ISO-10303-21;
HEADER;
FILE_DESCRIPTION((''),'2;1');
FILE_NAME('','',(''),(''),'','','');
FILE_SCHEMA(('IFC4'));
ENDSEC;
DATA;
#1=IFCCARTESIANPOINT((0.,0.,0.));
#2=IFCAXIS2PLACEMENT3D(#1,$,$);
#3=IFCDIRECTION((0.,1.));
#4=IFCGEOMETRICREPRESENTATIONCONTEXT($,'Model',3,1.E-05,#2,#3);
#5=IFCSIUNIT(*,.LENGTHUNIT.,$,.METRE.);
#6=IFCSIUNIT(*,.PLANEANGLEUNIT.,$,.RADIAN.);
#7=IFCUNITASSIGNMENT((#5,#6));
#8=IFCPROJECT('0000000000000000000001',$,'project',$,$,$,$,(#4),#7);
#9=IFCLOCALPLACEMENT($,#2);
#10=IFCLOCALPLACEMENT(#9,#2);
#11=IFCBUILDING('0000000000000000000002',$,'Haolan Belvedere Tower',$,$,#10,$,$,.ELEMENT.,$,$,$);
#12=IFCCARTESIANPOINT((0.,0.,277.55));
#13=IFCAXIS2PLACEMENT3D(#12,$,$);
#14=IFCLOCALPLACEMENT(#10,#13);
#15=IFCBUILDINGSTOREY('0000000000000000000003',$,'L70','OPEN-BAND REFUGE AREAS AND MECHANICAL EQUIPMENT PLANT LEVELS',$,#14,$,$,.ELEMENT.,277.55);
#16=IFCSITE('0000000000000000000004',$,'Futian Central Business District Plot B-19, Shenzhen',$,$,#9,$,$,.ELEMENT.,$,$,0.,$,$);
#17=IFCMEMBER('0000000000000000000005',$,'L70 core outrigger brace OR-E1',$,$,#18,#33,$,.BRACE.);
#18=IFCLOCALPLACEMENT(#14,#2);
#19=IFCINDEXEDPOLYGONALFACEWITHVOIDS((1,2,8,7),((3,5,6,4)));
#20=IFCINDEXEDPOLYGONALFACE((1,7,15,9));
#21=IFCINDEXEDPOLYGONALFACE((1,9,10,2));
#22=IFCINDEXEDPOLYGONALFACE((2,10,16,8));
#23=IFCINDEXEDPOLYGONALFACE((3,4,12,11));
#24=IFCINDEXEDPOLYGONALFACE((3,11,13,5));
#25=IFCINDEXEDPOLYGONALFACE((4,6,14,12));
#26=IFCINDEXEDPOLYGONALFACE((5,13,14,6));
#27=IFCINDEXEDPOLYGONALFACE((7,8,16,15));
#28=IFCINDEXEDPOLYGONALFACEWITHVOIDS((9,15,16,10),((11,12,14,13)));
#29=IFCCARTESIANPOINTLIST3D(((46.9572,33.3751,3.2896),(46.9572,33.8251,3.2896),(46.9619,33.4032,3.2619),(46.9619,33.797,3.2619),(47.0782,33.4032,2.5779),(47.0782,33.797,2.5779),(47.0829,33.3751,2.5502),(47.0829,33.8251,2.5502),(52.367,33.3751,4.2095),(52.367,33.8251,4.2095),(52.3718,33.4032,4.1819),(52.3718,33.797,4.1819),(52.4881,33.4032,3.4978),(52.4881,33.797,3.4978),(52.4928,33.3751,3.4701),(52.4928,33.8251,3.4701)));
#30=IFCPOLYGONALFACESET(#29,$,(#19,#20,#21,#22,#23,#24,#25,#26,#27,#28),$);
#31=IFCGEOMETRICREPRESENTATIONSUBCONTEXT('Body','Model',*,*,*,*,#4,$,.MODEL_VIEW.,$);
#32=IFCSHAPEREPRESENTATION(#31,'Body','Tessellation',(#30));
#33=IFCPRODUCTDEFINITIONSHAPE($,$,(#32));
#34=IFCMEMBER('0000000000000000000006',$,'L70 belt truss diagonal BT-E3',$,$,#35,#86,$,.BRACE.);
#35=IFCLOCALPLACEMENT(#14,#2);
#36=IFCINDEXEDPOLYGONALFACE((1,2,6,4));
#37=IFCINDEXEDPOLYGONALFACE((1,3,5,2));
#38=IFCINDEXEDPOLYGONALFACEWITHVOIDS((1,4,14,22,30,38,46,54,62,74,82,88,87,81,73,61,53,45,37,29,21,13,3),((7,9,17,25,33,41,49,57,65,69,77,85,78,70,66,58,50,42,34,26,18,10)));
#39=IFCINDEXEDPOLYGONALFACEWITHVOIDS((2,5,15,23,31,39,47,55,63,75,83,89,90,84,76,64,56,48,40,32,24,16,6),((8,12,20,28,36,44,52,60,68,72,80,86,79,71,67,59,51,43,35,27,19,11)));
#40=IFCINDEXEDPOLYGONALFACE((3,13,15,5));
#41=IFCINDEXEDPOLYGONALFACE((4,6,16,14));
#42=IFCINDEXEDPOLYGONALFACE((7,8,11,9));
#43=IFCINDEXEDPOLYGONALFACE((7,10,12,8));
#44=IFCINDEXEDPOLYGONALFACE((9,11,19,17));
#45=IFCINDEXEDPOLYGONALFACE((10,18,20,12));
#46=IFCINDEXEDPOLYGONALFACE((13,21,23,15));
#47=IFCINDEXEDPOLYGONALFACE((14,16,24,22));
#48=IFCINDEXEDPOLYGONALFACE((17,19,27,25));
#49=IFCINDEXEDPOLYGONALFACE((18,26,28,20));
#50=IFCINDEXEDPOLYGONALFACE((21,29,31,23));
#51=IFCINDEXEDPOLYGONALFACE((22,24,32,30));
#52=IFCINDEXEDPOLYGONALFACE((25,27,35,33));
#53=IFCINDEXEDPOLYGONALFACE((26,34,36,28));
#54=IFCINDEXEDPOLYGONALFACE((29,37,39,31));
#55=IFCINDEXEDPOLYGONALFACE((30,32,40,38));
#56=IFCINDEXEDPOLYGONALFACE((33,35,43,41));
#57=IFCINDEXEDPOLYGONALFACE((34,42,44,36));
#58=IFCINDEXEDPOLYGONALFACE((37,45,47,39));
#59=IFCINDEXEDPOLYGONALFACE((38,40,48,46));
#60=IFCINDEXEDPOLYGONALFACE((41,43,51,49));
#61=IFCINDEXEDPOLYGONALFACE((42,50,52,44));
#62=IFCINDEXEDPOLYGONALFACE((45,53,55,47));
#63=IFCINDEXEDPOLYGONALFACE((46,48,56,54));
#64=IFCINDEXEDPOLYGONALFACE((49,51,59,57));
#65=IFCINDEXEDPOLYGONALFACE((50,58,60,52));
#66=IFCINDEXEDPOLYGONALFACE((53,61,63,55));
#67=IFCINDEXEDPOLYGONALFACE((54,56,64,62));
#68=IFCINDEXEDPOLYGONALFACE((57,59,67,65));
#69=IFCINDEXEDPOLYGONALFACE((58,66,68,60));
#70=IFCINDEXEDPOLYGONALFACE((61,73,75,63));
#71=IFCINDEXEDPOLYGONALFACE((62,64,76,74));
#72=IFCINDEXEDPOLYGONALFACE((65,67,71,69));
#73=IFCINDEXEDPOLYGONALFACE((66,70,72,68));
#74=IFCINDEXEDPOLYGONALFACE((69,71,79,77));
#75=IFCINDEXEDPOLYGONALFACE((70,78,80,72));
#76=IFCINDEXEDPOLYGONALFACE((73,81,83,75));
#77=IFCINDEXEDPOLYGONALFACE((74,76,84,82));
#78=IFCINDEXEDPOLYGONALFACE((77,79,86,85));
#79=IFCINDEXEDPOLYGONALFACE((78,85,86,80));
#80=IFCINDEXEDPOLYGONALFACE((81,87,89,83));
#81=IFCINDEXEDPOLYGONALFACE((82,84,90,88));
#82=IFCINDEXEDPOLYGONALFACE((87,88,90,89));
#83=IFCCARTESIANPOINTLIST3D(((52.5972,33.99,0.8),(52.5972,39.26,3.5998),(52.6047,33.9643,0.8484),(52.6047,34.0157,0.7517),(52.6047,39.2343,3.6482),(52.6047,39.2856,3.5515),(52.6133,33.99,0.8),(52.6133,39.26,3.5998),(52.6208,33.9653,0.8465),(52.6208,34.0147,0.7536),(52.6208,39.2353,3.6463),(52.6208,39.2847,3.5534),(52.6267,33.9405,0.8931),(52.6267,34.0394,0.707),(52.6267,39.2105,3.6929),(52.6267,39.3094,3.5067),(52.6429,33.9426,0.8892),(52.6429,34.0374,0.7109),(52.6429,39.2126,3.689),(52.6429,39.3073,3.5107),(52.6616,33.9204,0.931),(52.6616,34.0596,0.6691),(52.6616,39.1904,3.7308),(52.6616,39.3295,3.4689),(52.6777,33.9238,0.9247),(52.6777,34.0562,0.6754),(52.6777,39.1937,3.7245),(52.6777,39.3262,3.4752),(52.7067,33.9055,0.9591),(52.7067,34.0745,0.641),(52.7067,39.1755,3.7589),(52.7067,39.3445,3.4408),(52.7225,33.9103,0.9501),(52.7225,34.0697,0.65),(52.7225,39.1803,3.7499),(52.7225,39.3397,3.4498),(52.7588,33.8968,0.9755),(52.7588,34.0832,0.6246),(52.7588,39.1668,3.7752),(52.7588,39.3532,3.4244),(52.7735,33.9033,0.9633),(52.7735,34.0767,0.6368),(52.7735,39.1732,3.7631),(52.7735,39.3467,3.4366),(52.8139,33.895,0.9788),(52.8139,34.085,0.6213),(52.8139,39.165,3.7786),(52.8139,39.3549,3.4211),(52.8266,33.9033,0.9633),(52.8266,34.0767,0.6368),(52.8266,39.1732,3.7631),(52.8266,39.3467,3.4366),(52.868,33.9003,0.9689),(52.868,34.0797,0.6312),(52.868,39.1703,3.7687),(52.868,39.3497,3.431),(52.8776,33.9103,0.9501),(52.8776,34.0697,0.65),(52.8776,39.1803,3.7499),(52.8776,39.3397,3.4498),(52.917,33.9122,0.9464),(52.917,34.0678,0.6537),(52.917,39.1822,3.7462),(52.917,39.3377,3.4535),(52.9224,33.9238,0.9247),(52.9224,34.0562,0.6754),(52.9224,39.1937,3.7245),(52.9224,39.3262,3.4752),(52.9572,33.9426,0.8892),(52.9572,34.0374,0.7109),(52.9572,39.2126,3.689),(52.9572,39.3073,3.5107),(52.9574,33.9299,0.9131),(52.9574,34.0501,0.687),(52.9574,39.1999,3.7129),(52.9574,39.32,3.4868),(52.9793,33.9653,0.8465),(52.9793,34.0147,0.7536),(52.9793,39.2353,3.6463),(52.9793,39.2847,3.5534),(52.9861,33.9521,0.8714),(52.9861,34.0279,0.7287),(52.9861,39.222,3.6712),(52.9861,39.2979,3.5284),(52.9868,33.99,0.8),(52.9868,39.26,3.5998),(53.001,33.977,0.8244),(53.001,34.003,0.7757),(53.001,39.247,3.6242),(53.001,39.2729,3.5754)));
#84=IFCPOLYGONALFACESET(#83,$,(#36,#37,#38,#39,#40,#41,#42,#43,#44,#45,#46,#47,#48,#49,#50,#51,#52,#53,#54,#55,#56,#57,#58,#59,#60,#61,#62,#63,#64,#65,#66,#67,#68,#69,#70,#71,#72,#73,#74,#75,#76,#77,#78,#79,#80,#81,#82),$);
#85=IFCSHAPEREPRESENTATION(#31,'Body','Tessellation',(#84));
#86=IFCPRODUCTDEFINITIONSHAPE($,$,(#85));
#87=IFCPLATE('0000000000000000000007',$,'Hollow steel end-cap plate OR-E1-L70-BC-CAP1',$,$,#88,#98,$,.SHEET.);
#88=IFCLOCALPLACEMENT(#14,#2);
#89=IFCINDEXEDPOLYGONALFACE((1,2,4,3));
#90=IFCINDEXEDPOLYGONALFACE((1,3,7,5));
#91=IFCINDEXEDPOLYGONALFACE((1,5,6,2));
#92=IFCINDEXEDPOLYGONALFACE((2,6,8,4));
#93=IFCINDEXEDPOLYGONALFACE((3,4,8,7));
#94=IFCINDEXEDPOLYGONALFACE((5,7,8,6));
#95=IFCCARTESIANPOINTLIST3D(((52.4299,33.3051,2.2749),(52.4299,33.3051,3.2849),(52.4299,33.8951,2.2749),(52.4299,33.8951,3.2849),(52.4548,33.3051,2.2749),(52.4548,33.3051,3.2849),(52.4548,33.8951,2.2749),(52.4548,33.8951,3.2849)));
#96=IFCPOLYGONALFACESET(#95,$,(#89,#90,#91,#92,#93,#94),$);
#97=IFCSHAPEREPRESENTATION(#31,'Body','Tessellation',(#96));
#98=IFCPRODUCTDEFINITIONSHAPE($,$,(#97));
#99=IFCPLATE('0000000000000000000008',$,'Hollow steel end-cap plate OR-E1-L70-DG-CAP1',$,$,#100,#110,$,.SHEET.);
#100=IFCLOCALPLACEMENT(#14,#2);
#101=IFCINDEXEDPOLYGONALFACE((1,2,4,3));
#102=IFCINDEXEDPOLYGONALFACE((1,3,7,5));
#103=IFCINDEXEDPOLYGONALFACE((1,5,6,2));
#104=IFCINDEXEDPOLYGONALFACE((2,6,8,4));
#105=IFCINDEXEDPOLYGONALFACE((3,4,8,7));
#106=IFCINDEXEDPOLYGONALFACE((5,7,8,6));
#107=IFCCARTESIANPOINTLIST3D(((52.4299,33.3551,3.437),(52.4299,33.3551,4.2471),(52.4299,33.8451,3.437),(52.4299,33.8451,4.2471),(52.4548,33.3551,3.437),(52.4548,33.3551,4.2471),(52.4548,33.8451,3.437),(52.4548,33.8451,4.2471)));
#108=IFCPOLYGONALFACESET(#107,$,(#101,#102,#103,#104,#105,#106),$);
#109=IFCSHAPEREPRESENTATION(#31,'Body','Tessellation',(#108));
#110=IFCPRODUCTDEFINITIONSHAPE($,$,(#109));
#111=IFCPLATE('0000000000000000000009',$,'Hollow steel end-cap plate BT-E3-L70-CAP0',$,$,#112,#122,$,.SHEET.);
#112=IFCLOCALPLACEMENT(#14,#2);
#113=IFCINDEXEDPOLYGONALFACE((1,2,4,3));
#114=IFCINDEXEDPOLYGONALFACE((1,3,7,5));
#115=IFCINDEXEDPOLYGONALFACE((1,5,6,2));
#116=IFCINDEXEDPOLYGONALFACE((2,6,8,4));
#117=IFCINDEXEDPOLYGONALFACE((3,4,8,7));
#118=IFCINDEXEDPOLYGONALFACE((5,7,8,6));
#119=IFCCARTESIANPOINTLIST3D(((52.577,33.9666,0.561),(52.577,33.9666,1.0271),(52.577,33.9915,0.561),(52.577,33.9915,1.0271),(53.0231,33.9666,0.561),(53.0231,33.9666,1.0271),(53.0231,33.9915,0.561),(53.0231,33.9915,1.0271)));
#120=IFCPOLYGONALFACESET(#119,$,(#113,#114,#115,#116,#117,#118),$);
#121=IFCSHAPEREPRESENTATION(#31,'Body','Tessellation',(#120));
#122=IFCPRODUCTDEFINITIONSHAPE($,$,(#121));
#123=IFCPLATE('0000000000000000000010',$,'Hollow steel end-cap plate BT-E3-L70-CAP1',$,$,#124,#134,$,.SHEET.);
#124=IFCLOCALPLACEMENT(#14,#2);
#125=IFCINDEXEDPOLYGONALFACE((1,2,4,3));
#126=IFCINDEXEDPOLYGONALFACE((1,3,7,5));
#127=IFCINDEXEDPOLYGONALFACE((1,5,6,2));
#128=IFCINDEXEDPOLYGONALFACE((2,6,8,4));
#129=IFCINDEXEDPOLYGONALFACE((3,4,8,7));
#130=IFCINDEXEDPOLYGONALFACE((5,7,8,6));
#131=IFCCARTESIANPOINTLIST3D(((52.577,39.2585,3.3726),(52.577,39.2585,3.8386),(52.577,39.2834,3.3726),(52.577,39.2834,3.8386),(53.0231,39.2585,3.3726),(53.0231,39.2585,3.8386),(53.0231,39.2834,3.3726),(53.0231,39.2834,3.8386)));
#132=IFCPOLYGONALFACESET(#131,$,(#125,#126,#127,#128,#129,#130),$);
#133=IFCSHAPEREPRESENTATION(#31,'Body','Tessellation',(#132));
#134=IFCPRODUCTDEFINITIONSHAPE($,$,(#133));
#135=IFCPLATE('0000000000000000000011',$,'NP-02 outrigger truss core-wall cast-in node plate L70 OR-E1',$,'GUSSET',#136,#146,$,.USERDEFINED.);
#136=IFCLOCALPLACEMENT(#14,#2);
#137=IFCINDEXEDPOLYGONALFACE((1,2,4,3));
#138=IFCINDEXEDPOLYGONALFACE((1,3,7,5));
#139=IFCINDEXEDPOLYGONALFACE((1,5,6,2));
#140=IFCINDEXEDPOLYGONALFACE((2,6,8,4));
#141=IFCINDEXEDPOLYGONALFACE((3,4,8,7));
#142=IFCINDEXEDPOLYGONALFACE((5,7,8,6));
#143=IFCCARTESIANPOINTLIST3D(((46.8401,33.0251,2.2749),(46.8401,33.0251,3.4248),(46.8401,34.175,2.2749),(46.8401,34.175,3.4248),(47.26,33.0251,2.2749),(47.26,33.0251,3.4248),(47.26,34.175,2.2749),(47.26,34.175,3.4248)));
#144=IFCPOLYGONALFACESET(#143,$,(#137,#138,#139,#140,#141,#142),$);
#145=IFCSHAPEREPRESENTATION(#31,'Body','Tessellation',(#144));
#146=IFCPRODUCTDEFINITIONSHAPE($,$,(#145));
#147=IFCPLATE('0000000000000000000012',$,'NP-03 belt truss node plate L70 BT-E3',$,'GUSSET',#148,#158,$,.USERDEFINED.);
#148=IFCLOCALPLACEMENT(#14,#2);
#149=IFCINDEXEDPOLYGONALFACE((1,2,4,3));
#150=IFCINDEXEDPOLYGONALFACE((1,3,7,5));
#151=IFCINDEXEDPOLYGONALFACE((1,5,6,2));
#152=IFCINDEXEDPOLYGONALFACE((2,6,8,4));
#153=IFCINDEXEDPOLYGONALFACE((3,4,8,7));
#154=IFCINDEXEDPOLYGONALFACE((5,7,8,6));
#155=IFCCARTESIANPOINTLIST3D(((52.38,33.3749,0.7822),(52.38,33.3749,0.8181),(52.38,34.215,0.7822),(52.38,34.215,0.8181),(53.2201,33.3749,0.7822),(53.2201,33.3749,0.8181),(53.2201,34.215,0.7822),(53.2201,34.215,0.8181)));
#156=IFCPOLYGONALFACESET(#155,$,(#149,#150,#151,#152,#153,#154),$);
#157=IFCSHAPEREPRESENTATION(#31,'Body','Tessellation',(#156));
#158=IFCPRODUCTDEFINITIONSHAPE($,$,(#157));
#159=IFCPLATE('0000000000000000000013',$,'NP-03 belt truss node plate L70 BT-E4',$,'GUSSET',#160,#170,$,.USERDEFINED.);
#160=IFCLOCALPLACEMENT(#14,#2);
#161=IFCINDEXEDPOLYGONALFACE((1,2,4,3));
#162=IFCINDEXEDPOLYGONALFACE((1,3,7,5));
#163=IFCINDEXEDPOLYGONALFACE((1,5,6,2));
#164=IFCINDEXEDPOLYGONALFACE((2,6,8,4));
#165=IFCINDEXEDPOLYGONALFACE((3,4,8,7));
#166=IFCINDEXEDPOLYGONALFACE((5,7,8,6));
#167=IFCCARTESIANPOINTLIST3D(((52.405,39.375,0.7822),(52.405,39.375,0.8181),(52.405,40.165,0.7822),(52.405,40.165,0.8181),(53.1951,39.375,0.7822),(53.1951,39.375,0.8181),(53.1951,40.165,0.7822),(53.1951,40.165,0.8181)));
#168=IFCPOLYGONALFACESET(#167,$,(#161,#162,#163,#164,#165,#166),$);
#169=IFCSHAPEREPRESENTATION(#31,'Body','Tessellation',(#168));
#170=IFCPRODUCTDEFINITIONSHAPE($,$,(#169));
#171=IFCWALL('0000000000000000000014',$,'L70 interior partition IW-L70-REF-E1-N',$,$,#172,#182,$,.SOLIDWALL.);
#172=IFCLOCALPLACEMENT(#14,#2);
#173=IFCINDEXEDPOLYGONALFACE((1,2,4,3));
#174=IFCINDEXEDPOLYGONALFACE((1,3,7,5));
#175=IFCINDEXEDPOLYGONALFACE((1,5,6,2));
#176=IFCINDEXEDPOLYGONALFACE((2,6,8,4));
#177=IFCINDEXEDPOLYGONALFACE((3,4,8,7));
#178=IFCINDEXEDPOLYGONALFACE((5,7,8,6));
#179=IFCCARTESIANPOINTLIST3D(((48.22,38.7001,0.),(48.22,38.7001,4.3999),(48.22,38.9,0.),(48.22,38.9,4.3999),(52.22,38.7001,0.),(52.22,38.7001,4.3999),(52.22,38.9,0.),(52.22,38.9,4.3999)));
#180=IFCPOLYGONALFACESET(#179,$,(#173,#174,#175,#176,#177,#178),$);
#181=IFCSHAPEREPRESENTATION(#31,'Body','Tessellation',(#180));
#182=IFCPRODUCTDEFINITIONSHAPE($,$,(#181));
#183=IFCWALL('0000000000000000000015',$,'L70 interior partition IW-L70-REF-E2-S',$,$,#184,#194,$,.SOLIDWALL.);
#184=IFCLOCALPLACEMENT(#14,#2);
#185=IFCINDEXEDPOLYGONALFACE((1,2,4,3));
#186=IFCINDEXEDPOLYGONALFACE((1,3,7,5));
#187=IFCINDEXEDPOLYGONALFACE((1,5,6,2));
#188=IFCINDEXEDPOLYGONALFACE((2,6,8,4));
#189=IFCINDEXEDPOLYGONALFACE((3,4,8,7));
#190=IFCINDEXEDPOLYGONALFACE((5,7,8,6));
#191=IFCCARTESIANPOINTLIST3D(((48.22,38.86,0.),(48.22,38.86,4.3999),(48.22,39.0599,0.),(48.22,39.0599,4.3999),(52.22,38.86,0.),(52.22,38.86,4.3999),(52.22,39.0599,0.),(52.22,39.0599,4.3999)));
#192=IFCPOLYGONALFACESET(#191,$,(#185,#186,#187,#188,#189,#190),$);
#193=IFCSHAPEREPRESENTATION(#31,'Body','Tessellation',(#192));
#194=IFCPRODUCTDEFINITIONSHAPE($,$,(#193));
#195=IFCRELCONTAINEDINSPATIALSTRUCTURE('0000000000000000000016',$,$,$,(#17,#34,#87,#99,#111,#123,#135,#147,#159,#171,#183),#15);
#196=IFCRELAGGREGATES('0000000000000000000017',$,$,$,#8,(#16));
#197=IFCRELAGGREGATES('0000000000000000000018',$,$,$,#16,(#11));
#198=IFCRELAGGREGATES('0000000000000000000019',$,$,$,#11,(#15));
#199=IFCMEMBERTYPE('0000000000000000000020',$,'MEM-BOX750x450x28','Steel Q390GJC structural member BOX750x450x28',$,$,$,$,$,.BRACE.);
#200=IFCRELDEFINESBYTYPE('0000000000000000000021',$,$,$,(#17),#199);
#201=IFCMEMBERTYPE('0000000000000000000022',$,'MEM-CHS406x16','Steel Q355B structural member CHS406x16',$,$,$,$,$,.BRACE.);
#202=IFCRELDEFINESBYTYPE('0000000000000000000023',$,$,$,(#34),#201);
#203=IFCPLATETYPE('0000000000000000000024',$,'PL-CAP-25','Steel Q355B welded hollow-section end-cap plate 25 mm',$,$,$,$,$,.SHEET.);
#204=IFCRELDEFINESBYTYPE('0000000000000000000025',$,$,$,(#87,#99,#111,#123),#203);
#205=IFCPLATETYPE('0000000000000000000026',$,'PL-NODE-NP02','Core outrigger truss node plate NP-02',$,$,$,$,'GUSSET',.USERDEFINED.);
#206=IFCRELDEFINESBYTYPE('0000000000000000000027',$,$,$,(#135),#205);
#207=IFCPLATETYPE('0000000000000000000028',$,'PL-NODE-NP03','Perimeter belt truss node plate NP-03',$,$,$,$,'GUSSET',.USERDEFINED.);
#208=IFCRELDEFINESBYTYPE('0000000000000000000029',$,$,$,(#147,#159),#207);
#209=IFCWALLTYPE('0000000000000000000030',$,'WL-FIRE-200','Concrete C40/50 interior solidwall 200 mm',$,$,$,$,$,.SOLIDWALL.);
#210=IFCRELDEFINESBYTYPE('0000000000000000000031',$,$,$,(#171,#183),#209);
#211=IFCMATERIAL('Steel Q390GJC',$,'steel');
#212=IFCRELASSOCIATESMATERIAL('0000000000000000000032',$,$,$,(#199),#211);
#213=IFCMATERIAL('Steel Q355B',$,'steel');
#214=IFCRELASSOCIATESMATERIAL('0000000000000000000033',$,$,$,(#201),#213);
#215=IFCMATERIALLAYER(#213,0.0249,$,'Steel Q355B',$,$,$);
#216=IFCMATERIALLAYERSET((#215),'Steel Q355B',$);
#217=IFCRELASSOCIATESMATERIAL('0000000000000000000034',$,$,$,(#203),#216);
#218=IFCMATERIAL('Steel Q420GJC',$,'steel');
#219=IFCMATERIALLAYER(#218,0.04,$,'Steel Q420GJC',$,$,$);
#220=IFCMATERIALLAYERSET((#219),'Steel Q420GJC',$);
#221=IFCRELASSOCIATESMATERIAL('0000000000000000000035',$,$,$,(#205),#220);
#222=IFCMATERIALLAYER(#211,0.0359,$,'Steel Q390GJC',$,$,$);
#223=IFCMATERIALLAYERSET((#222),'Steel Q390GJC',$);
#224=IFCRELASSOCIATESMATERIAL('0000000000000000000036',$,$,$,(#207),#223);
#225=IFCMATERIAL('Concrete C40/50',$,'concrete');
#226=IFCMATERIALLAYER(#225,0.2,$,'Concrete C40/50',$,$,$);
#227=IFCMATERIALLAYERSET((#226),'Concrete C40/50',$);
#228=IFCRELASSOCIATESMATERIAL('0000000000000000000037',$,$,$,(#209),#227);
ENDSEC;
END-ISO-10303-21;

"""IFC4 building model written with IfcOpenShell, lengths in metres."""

from ifc_helpers import new_model, si_unit, direction, frame, frame_2d, origin, origin_2d, place, context, subcontext, project, spatial, rectangle, hollow_rectangle, hollow_circle, extrude, material, layer, layer_set, material_profile, profile_set, type_object, element, save


model = new_model("IFC4")

# Units and contexts
model_context = context("Model", 3, precision=1e-05, world=origin(), true_north=direction((0.0, 1.0)))
body_context = subcontext(model_context, "Body", "Model", "MODEL_VIEW")
ifc_project = project(units=[si_unit("LENGTHUNIT", "METRE"), si_unit("PLANEANGLEUNIT", "RADIAN")], contexts=[model_context])

# Site, building, storey
site_placement = place(None, origin())
site = spatial("IfcSite", under=ifc_project, at=site_placement, Name="Futian Central Business District Plot B-19, Shenzhen", CompositionType="ELEMENT", RefElevation=0.0)
building_placement = place(site_placement, origin())
building = spatial("IfcBuilding", under=site, at=building_placement, Name="Haolan Belvedere Tower", CompositionType="ELEMENT")
storey_placement = place(building_placement, frame((0.0, 0.0, 277.55)))
storey = spatial("IfcBuildingStorey", under=building, at=storey_placement, Name="L70", Description="OPEN-BAND REFUGE AREAS AND MECHANICAL EQUIPMENT PLANT LEVELS", CompositionType="ELEMENT", Elevation=277.55)

# Shared definitions
ifc_material_1 = material(Name="Steel Q390GJC", Category="steel")

# Shared definitions
ifc_material_2 = material(Name="Steel Q355B", Category="steel")

# Members
ifc_material_profile_1 = material_profile(ifc_material_1, hollow_rectangle(XDim=0.45, YDim=0.75, WallThickness=0.0281, at=origin_2d()), Name="Steel Q390GJC")
ifc_profile_set_1 = profile_set([ifc_material_profile_1], Name="Steel Q390GJC")
member_type_1 = type_object("IfcMemberType", Name="MEM-BOX750x450x28", Description="Steel Q390GJC structural member BOX750x450x28", PredefinedType="BRACE", material=ifc_profile_set_1)
member_1_placement = place(storey_placement, frame((47.02, 33.6001, 2.9199), z_axis=(0.985849, 0.0, 0.167637), x_axis=(0.0, 1.0, 0.0)))
element("IfcMember", 1, at=member_1_placement, inside=storey, type_object=member_type_1, Name="L70 core outrigger brace OR-E1", PredefinedType="BRACE", context=body_context, shape_type="SweptSolid", body=[
    extrude(hollow_rectangle(XDim=0.45, YDim=0.75, WallThickness=0.0281, at=origin_2d()), origin(), (0.0, 0.0, 1.0), 5.4875),
])
ifc_material_profile_2 = material_profile(ifc_material_2, hollow_circle(Radius=0.2029, WallThickness=0.0161, at=origin_2d()), Name="Steel Q355B")
ifc_profile_set_2 = profile_set([ifc_material_profile_2], Name="Steel Q355B")
member_type_2 = type_object("IfcMemberType", Name="MEM-CHS406x16", Description="Steel Q355B structural member CHS406x16", PredefinedType="BRACE", material=ifc_profile_set_2)
member_2_placement = place(storey_placement, frame((52.8, 33.99, 0.8), z_axis=(0.0, 0.883108, 0.469169), x_axis=(-1.0, 0.0, 0.0)))
element("IfcMember", 2, at=member_2_placement, inside=storey, type_object=member_type_2, Name="L70 belt truss diagonal BT-E3", PredefinedType="BRACE", context=body_context, shape_type="SweptSolid", body=[
    extrude(hollow_circle(Radius=0.2029, WallThickness=0.0161, at=origin_2d()), origin(), (0.0, 0.0, 1.0), 5.9675),
])

# Plates
ifc_layer_1 = layer(ifc_material_2, 0.0249, Name="Steel Q355B")
ifc_layer_set_1 = layer_set([ifc_layer_1], Name="Steel Q355B")
plate_type_1 = type_object("IfcPlateType", Name="PL-CAP-25", Description="Steel Q355B welded hollow-section end-cap plate 25 mm", PredefinedType="SHEET", material=ifc_layer_set_1)
plate_1_placement = place(storey_placement, frame((52.4424, 33.6001, 2.2749), z_axis=(0.0, 0.0, 1.0), x_axis=(0.0, 1.0, 0.0)))
element("IfcPlate", 3, at=plate_1_placement, inside=storey, type_object=plate_type_1, Name="Hollow steel end-cap plate OR-E1-L70-BC-CAP1", PredefinedType="SHEET", context=body_context, shape_type="SweptSolid", body=[
    extrude(rectangle(XDim=0.5901, YDim=0.0249, at=origin_2d()), origin(), (0.0, 0.0, 1.0), 1.01),
])
plate_2_placement = place(storey_placement, frame((52.4424, 33.6001, 3.437), z_axis=(0.0, 0.0, 1.0), x_axis=(0.0, 1.0, 0.0)))
element("IfcPlate", 4, at=plate_2_placement, inside=storey, type_object=plate_type_1, Name="Hollow steel end-cap plate OR-E1-L70-DG-CAP1", PredefinedType="SHEET", context=body_context, shape_type="SweptSolid", body=[
    extrude(rectangle(XDim=0.49, YDim=0.0249, at=origin_2d()), origin(), (0.0, 0.0, 1.0), 0.8101),
])
for number, where, z_axis, x_axis, name in (
    (5, (52.8, 33.979, 0.561), (0.0, 0.0, 1.0), (1.0, 0.0, 0.0), "Hollow steel end-cap plate BT-E3-L70-CAP0"),
    (6, (52.8, 39.271, 3.3726), (0.0, 0.0, 1.0), (-1.0, 0.0, 0.0), "Hollow steel end-cap plate BT-E3-L70-CAP1"),
):
    element("IfcPlate", number, at=place(storey_placement, frame(where, z_axis=z_axis, x_axis=x_axis)), inside=storey, type_object=plate_type_1, Name=name, PredefinedType="SHEET", context=body_context, shape_type="SweptSolid", body=[
        extrude(rectangle(XDim=0.446, YDim=0.0249, at=origin_2d()), origin(), (0.0, 0.0, 1.0), 0.4661),
    ])
ifc_material_3 = material(Name="Steel Q420GJC", Category="steel")
ifc_layer_2 = layer(ifc_material_3, 0.04, Name="Steel Q420GJC")
ifc_layer_set_2 = layer_set([ifc_layer_2], Name="Steel Q420GJC")
plate_type_2 = type_object("IfcPlateType", Name="PL-NODE-NP02", Description="Core outrigger truss node plate NP-02", ElementType="GUSSET", PredefinedType="USERDEFINED", material=ifc_layer_set_2)
plate_3_placement = place(storey_placement, frame((47.05, 33.6001, 2.2749), z_axis=(0.0, 0.0, 1.0), x_axis=(1.0, 0.0, 0.0)))
element("IfcPlate", 7, at=plate_3_placement, inside=storey, type_object=plate_type_2, Name="NP-02 outrigger truss core-wall cast-in node plate L70 OR-E1", ObjectType="GUSSET", PredefinedType="USERDEFINED", context=body_context, shape_type="SweptSolid", body=[
    extrude(rectangle(XDim=0.4199, YDim=1.1499, at=origin_2d()), origin(), (0.0, 0.0, 1.0), 1.1499),
])
ifc_layer_3 = layer(ifc_material_1, 0.0359, Name="Steel Q390GJC")
ifc_layer_set_3 = layer_set([ifc_layer_3], Name="Steel Q390GJC")
plate_type_3 = type_object("IfcPlateType", Name="PL-NODE-NP03", Description="Perimeter belt truss node plate NP-03", ElementType="GUSSET", PredefinedType="USERDEFINED", material=ifc_layer_set_3)
plate_4_placement = place(storey_placement, frame((52.8, 33.7949, 0.7822), z_axis=(0.0, 0.0, 1.0), x_axis=(1.0, 0.0, 0.0)))
element("IfcPlate", 8, at=plate_4_placement, inside=storey, type_object=plate_type_3, Name="NP-03 belt truss node plate L70 BT-E3", ObjectType="GUSSET", PredefinedType="USERDEFINED", context=body_context, shape_type="SweptSolid", body=[
    extrude(rectangle(XDim=0.8401, YDim=0.8401, at=origin_2d()), origin(), (0.0, 0.0, 1.0), 0.0359),
])
plate_5_placement = place(storey_placement, frame((52.8, 39.77, 0.7822), z_axis=(0.0, 0.0, 1.0), x_axis=(1.0, 0.0, 0.0)))
element("IfcPlate", 9, at=plate_5_placement, inside=storey, type_object=plate_type_3, Name="NP-03 belt truss node plate L70 BT-E4", ObjectType="GUSSET", PredefinedType="USERDEFINED", context=body_context, shape_type="SweptSolid", body=[
    extrude(rectangle(XDim=0.79, YDim=0.79, at=origin_2d()), origin(), (0.0, 0.0, 1.0), 0.0359),
])

# Walls
ifc_material_4 = material(Name="Concrete C40/50", Category="concrete")
ifc_layer_4 = layer(ifc_material_4, 0.2, Name="Concrete C40/50")
ifc_layer_set_4 = layer_set([ifc_layer_4], Name="Concrete C40/50")
wall_type_1 = type_object("IfcWallType", Name="WL-FIRE-200", Description="Concrete C40/50 interior solidwall 200 mm", PredefinedType="SOLIDWALL", material=ifc_layer_set_4)
for number, where, z_axis, x_axis, name in (
    (10, (48.22, 38.8, 0.0), (0.0, 0.0, 1.0), (1.0, 0.0, 0.0), "L70 interior partition IW-L70-REF-E1-N"),
    (11, (48.22, 38.96, 0.0), (0.0, 0.0, 1.0), (1.0, 0.0, 0.0), "L70 interior partition IW-L70-REF-E2-S"),
):
    element("IfcWall", number, at=place(storey_placement, frame(where, z_axis=z_axis, x_axis=x_axis)), inside=storey, type_object=wall_type_1, Name=name, PredefinedType="SOLIDWALL", context=body_context, shape_type="SweptSolid", body=[
        extrude(rectangle(XDim=4.0, YDim=0.2, at=frame_2d((2.0, 0.0))), origin(), (0.0, 0.0, 1.0), 4.3999),
    ])

save(model, "model.ifc")
